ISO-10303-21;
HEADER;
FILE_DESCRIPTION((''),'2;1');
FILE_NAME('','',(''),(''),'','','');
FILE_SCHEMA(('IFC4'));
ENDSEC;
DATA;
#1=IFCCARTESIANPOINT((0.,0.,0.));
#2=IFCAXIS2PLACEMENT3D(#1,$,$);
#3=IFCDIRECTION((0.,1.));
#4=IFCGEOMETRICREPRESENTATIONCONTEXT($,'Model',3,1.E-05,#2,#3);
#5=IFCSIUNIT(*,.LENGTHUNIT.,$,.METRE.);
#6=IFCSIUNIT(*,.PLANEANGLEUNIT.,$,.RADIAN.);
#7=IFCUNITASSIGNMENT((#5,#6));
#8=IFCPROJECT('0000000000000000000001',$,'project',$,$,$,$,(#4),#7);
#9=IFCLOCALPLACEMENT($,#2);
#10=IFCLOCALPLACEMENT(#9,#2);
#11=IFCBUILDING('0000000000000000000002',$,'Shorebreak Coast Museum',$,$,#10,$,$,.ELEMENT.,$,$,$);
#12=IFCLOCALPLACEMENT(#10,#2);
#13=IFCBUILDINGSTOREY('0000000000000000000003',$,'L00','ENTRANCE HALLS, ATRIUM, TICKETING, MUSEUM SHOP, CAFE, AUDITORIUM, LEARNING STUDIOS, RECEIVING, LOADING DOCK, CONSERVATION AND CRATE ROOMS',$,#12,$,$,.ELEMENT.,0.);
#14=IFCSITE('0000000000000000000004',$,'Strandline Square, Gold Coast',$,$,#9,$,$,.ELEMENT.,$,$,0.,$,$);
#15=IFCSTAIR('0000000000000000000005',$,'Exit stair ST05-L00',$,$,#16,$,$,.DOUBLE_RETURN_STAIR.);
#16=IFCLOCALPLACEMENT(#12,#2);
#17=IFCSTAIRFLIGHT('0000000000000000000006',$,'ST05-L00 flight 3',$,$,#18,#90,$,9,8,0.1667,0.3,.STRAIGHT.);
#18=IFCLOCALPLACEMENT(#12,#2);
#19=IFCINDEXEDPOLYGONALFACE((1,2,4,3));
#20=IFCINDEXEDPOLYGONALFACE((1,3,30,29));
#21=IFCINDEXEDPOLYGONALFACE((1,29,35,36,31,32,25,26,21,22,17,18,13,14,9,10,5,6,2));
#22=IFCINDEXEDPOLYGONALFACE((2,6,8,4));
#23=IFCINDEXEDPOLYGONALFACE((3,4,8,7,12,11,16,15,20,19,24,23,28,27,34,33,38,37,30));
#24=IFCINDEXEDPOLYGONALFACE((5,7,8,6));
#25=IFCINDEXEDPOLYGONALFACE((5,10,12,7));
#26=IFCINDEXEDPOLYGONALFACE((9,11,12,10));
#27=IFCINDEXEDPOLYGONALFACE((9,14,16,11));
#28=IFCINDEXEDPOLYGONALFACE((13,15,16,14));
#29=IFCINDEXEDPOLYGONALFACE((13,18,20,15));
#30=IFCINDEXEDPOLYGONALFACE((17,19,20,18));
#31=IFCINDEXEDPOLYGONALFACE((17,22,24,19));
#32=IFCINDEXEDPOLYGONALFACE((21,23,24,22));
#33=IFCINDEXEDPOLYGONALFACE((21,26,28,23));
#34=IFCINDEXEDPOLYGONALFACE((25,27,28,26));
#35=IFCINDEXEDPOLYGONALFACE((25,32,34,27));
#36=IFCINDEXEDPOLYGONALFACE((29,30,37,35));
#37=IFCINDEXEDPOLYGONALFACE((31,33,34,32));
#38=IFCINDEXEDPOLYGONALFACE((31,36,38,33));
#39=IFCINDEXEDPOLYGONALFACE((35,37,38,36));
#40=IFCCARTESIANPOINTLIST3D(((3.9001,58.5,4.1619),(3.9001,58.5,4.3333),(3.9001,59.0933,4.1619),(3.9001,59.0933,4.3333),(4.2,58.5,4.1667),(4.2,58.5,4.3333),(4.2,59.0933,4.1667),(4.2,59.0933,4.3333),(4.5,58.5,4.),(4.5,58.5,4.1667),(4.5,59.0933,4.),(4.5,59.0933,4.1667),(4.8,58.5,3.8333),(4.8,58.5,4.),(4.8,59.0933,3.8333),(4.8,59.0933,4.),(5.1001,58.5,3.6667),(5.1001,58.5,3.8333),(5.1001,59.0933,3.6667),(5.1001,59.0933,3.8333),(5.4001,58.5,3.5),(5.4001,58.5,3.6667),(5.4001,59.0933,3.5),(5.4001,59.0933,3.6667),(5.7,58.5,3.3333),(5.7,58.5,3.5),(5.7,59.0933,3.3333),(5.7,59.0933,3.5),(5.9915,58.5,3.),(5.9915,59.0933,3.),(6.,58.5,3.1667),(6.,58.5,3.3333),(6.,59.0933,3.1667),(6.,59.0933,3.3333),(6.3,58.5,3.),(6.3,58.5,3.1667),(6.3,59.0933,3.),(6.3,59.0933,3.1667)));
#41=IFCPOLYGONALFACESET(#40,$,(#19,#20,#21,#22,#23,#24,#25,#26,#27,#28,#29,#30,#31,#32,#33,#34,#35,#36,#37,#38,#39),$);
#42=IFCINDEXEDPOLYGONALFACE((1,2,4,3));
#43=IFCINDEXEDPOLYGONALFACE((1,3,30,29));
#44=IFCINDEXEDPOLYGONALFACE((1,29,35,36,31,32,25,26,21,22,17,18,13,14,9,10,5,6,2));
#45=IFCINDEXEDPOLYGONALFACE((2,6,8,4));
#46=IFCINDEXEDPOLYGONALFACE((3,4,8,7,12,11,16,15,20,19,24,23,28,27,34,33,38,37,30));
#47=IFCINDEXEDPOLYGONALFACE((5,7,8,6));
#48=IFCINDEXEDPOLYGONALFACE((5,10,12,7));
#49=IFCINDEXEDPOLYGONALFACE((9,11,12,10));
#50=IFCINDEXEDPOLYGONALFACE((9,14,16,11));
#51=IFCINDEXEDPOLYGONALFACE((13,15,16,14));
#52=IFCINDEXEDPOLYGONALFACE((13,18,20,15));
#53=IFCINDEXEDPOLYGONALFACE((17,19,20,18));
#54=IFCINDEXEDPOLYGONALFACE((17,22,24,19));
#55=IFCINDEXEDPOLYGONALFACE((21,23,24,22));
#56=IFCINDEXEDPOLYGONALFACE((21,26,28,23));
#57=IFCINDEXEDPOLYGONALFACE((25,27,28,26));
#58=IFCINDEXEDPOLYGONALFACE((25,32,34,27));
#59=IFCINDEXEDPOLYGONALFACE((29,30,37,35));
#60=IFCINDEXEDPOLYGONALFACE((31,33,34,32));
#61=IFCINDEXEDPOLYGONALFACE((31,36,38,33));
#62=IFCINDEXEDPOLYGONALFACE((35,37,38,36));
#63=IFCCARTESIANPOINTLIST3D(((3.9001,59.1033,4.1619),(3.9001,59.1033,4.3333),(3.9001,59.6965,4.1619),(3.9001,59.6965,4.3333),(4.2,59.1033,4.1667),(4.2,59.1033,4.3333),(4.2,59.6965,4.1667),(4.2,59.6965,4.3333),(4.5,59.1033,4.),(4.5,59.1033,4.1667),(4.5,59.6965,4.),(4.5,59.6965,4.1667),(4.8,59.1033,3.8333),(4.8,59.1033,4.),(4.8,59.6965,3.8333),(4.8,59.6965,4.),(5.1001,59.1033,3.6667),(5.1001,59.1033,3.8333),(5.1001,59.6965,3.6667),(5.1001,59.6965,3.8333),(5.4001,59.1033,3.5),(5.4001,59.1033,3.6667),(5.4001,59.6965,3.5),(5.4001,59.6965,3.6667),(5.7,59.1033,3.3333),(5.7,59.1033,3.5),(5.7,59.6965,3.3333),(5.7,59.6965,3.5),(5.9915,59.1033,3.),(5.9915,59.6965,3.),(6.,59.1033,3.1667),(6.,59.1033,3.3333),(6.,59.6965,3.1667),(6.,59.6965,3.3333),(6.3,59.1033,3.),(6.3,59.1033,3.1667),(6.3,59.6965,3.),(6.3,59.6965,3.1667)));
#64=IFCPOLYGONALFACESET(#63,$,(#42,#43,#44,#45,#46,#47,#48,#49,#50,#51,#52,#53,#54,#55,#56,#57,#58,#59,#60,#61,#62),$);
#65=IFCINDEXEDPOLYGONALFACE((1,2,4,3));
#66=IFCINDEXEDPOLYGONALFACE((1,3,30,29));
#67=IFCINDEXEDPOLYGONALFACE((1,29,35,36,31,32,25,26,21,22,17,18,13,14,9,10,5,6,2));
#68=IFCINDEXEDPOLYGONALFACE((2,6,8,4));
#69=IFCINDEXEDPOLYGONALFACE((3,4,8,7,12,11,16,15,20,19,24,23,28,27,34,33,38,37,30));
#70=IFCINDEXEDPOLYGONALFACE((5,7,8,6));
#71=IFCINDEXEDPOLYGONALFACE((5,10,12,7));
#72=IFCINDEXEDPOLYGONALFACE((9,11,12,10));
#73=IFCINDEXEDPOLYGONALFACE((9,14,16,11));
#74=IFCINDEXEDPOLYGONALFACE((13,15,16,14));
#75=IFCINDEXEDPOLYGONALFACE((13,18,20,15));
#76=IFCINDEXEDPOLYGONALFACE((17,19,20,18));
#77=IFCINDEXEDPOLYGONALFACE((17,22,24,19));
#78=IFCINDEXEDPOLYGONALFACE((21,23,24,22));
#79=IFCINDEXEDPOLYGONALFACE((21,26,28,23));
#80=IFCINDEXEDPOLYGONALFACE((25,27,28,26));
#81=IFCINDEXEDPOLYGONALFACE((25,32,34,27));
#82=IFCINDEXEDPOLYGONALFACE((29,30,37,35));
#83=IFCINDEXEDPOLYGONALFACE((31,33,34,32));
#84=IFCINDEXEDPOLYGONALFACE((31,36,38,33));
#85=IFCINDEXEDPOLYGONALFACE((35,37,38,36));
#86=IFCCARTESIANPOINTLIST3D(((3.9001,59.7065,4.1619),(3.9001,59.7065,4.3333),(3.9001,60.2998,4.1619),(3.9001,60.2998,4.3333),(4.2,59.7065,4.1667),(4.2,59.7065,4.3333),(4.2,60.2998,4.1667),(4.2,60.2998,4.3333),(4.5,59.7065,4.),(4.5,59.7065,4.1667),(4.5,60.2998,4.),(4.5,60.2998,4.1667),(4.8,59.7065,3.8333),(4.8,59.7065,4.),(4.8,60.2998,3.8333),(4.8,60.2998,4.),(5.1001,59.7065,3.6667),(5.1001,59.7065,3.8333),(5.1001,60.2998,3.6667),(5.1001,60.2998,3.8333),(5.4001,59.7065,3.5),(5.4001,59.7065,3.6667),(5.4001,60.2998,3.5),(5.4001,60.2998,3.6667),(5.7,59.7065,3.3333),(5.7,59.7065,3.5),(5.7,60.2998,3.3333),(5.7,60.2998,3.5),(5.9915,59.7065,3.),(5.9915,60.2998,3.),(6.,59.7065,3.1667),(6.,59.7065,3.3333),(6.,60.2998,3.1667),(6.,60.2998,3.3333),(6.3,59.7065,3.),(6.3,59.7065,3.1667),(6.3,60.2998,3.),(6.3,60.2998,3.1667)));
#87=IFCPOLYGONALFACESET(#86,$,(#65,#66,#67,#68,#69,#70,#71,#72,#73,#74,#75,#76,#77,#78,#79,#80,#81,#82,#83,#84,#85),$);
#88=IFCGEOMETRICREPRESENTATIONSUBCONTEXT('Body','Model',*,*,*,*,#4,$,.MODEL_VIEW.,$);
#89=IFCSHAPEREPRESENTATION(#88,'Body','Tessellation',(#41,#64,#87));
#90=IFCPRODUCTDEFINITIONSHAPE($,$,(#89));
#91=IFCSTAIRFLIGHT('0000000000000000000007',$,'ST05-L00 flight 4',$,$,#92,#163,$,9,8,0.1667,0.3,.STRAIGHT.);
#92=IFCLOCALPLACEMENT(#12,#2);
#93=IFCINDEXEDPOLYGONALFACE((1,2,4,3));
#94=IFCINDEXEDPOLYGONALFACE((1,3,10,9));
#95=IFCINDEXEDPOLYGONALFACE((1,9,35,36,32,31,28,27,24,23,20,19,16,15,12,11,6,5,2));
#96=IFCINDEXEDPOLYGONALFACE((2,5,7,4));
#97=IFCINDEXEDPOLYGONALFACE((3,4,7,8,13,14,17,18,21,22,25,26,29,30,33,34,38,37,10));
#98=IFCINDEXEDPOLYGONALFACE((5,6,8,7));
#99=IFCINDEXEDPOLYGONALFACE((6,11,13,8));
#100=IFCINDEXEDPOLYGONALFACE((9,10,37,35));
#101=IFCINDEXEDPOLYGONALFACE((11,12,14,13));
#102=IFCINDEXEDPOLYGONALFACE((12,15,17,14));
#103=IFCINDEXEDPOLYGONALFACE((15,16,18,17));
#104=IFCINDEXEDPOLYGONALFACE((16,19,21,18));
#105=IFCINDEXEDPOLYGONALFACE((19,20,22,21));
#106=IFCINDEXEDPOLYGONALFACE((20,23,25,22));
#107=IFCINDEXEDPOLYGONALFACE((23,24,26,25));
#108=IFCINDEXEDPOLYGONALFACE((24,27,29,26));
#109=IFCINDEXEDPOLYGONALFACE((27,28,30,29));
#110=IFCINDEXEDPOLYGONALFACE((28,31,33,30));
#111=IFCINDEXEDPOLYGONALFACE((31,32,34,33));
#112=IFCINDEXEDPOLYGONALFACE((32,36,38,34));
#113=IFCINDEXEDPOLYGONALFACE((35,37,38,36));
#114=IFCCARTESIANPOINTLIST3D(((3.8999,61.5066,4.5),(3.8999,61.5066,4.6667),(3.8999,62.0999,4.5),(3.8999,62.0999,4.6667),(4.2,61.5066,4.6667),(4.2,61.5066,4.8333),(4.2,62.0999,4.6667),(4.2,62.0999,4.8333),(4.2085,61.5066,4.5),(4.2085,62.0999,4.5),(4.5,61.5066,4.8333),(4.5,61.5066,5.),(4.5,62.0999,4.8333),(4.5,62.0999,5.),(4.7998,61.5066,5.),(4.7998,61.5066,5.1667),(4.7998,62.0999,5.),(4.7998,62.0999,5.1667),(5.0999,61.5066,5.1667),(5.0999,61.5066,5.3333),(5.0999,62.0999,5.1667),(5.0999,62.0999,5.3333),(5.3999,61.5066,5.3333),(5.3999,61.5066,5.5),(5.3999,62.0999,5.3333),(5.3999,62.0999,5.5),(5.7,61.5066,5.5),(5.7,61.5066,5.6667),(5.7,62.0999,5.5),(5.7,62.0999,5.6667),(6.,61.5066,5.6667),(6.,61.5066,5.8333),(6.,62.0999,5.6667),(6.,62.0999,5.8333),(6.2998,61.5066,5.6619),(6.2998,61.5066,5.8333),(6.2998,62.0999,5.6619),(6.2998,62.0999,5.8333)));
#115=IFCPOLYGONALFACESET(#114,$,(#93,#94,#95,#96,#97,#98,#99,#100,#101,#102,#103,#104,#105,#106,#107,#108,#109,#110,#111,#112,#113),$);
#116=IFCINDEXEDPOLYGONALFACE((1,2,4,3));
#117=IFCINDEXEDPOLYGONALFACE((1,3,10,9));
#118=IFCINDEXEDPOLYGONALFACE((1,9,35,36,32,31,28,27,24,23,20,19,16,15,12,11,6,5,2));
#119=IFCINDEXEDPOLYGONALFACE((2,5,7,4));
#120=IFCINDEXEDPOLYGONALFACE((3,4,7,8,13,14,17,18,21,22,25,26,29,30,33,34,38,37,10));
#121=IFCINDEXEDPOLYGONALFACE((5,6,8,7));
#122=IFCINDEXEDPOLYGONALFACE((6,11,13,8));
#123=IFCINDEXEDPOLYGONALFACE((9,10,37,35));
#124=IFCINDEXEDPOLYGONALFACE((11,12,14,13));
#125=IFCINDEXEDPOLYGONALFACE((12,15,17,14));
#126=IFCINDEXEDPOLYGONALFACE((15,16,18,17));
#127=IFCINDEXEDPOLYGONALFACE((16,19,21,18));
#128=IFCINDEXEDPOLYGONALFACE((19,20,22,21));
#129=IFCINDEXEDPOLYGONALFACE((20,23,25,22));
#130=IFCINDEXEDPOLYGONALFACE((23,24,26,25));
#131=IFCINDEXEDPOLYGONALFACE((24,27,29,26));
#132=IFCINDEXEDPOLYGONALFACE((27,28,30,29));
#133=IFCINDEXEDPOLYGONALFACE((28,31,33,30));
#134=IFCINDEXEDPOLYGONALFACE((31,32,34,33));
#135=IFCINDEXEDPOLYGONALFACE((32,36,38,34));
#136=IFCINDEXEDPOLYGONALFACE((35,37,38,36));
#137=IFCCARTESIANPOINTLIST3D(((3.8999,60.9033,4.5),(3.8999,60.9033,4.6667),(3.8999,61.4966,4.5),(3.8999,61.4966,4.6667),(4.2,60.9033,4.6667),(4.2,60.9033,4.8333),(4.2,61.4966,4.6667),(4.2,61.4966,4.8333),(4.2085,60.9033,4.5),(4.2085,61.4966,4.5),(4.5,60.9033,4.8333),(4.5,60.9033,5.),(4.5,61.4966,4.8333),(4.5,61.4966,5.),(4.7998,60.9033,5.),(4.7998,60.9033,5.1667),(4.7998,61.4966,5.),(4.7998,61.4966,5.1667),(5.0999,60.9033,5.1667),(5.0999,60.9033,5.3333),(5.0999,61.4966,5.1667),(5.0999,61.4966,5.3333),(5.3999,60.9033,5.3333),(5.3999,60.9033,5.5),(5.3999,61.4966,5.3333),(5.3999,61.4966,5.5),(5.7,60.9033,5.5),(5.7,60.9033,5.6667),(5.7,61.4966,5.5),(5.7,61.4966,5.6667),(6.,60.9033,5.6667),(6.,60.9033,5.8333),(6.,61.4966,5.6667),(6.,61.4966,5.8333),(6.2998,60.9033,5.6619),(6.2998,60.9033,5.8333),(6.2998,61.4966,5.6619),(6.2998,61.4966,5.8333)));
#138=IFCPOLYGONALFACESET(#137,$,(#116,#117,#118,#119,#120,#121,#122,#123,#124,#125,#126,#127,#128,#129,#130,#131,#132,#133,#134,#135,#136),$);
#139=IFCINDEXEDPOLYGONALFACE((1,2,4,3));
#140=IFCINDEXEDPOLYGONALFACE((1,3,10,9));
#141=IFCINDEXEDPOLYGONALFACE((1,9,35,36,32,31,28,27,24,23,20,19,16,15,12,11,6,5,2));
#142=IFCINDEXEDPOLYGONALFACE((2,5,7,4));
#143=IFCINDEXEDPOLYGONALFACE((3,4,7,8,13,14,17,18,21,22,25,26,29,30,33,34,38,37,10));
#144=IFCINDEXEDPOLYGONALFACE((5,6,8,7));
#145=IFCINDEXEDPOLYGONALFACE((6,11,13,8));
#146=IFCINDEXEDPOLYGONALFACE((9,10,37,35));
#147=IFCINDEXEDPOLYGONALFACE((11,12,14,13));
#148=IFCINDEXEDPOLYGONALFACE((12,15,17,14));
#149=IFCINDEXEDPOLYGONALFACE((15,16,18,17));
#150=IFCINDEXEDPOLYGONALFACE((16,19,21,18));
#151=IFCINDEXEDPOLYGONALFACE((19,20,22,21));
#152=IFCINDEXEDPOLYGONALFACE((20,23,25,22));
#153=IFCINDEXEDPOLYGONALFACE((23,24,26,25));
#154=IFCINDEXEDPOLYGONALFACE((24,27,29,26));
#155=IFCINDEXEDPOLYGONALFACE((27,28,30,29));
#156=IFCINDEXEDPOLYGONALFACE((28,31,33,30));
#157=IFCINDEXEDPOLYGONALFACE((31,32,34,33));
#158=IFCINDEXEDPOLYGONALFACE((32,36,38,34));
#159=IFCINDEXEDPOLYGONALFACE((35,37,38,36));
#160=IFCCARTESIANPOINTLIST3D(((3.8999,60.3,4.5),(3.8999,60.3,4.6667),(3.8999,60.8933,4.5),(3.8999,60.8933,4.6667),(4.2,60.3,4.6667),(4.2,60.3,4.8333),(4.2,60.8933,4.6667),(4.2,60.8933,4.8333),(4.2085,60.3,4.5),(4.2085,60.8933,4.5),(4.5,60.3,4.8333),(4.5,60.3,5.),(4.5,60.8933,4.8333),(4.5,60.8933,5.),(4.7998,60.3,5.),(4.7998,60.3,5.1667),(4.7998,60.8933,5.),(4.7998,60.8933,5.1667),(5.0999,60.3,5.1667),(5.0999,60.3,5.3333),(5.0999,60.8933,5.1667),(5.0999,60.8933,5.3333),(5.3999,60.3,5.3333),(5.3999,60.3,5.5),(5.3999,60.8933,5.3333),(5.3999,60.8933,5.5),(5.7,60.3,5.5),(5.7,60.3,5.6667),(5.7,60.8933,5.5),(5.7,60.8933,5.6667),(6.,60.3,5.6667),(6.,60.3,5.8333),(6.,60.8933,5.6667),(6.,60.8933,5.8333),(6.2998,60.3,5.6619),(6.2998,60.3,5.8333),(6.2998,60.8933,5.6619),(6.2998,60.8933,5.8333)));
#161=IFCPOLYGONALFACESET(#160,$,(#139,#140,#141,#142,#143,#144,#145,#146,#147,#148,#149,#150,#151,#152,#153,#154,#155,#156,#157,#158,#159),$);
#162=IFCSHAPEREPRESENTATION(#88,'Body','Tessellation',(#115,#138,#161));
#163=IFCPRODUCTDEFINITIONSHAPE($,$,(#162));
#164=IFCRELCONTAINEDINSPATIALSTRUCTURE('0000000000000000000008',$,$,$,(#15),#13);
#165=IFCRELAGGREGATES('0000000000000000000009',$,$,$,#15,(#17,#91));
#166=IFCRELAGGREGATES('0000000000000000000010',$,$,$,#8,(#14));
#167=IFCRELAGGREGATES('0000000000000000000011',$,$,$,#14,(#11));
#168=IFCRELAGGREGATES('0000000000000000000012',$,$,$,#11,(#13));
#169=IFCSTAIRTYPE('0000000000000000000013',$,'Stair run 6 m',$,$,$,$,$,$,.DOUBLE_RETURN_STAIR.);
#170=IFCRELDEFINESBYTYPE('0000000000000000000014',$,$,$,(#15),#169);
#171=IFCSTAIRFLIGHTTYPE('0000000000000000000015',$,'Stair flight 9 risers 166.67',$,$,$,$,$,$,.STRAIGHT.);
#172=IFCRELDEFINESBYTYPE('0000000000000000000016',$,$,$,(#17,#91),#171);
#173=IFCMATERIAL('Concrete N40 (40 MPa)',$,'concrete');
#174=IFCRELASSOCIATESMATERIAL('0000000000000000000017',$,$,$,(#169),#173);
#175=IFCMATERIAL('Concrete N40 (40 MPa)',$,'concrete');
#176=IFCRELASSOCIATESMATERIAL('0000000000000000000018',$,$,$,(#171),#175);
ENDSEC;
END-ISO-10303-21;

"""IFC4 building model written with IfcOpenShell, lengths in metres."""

from ifc_helpers import new_model, si_unit, direction, frame, origin, place, context, subcontext, project, spatial, polyline, outline, extrude, material, type_object, element, aggregate, save


model = new_model("IFC4")

# Units and contexts
model_context = context("Model", 3, precision=1e-05, world=origin(), true_north=direction((0.0, 1.0)))
body_context = subcontext(model_context, "Body", "Model", "MODEL_VIEW")
ifc_project = project(units=[si_unit("LENGTHUNIT", "METRE"), si_unit("PLANEANGLEUNIT", "RADIAN")], contexts=[model_context])

# Site, building, storey
site_placement = place(None, origin())
site = spatial("IfcSite", under=ifc_project, at=site_placement, Name="Strandline Square, Gold Coast", CompositionType="ELEMENT", RefElevation=0.0)
building_placement = place(site_placement, origin())
building = spatial("IfcBuilding", under=site, at=building_placement, Name="Shorebreak Coast Museum", CompositionType="ELEMENT")
storey_placement = place(building_placement, origin())
storey = spatial("IfcBuildingStorey", under=building, at=storey_placement, Name="L00", Description="ENTRANCE HALLS, ATRIUM, TICKETING, MUSEUM SHOP, CAFE, AUDITORIUM, LEARNING STUDIOS, RECEIVING, LOADING DOCK, CONSERVATION AND CRATE ROOMS", CompositionType="ELEMENT", Elevation=0.0)

# Stair, stair flights
ifc_material_1 = material(Name="Concrete N40 (40 MPa)", Category="concrete")
stair_type = type_object("IfcStairType", Name="Stair run 6 m", PredefinedType="DOUBLE_RETURN_STAIR", material=ifc_material_1)
stair_placement = place(storey_placement, origin())
stair = element("IfcStair", 1, at=stair_placement, inside=storey, type_object=stair_type, Name="Exit stair ST05-L00", PredefinedType="DOUBLE_RETURN_STAIR")
ifc_material_2 = material(Name="Concrete N40 (40 MPa)", Category="concrete")
stair_flight_type = type_object("IfcStairFlightType", Name="Stair flight 9 risers 166.67", PredefinedType="STRAIGHT", material=ifc_material_2)
stair_flight_1_placement = place(storey_placement, frame((6.3, 59.3999, 3.0), z_axis=(0.0, 0.0, 1.0), x_axis=(-1.0, 0.0, 0.0)))
stair_flight_1 = element("IfcStairFlight", 2, at=stair_flight_1_placement, type_object=stair_flight_type, Name="ST05-L00 flight 3", NumberOfRisers=9, NumberOfTreads=8, PredefinedType="STRAIGHT", RiserHeight=0.1667, TreadLength=0.3, context=body_context, shape_type="SweptSolid", body=[
    extrude(outline(polyline([(0.0, 0.0), (0.0, 0.1667), (0.3, 0.1667), (0.3, 0.3333), (0.6001, 0.3333), (0.6001, 0.5), (0.8999, 0.5), (0.8999, 0.6667), (1.2, 0.6667), (1.2, 0.8333), (1.5, 0.8333), (1.5, 1.0), (1.8, 1.0), (1.8, 1.1667), (2.1001, 1.1667), (2.1001, 1.3333), (2.3999, 1.3333), (2.3999, 1.5), (2.3999, 1.1619), (0.3086, 0.0), (0.0, 0.0)])), frame((0.0, 0.8999, 0.0), z_axis=(0.0, -1.0, 0.0), x_axis=(1.0, 0.0, 0.0)), (0.0, 0.0, 1.0), 0.5933),
    extrude(outline(polyline([(0.0, 0.0), (0.0, 0.1667), (0.3, 0.1667), (0.3, 0.3333), (0.6001, 0.3333), (0.6001, 0.5), (0.8999, 0.5), (0.8999, 0.6667), (1.2, 0.6667), (1.2, 0.8333), (1.5, 0.8333), (1.5, 1.0), (1.8, 1.0), (1.8, 1.1667), (2.1001, 1.1667), (2.1001, 1.3333), (2.3999, 1.3333), (2.3999, 1.5), (2.3999, 1.1619), (0.3086, 0.0), (0.0, 0.0)])), frame((0.0, 0.2966, 0.0), z_axis=(0.0, -1.0, 0.0), x_axis=(1.0, 0.0, 0.0)), (0.0, 0.0, 1.0), 0.5933),
    extrude(outline(polyline([(0.0, 0.0), (0.0, 0.1667), (0.3, 0.1667), (0.3, 0.3333), (0.6001, 0.3333), (0.6001, 0.5), (0.8999, 0.5), (0.8999, 0.6667), (1.2, 0.6667), (1.2, 0.8333), (1.5, 0.8333), (1.5, 1.0), (1.8, 1.0), (1.8, 1.1667), (2.1001, 1.1667), (2.1001, 1.3333), (2.3999, 1.3333), (2.3999, 1.5), (2.3999, 1.1619), (0.3086, 0.0), (0.0, 0.0)])), frame((0.0, -0.3066, 0.0), z_axis=(0.0, -1.0, 0.0), x_axis=(1.0, 0.0, 0.0)), (0.0, 0.0, 1.0), 0.5933),
])
stair_flight_2_placement = place(storey_placement, frame((3.8999, 61.2, 4.5), z_axis=(0.0, 0.0, 1.0), x_axis=(1.0, 0.0, 0.0)))
stair_flight_2 = element("IfcStairFlight", 3, at=stair_flight_2_placement, type_object=stair_flight_type, Name="ST05-L00 flight 4", NumberOfRisers=9, NumberOfTreads=8, PredefinedType="STRAIGHT", RiserHeight=0.1667, TreadLength=0.3, context=body_context, shape_type="SweptSolid", body=[
    extrude(outline(polyline([(0.0, 0.0), (0.0, 0.1667), (0.3, 0.1667), (0.3, 0.3333), (0.6001, 0.3333), (0.6001, 0.5), (0.8999, 0.5), (0.8999, 0.6667), (1.2, 0.6667), (1.2, 0.8333), (1.5, 0.8333), (1.5, 1.0), (1.8, 1.0), (1.8, 1.1667), (2.1001, 1.1667), (2.1001, 1.3333), (2.3999, 1.3333), (2.3999, 1.5), (2.3999, 1.1619), (0.3086, 0.0), (0.0, 0.0)])), frame((0.0, 0.8999, 0.0), z_axis=(0.0, -1.0, 0.0), x_axis=(1.0, 0.0, 0.0)), (0.0, 0.0, 1.0), 0.5933),
    extrude(outline(polyline([(0.0, 0.0), (0.0, 0.1667), (0.3, 0.1667), (0.3, 0.3333), (0.6001, 0.3333), (0.6001, 0.5), (0.8999, 0.5), (0.8999, 0.6667), (1.2, 0.6667), (1.2, 0.8333), (1.5, 0.8333), (1.5, 1.0), (1.8, 1.0), (1.8, 1.1667), (2.1001, 1.1667), (2.1001, 1.3333), (2.3999, 1.3333), (2.3999, 1.5), (2.3999, 1.1619), (0.3086, 0.0), (0.0, 0.0)])), frame((0.0, 0.2966, 0.0), z_axis=(0.0, -1.0, 0.0), x_axis=(1.0, 0.0, 0.0)), (0.0, 0.0, 1.0), 0.5933),
    extrude(outline(polyline([(0.0, 0.0), (0.0, 0.1667), (0.3, 0.1667), (0.3, 0.3333), (0.6001, 0.3333), (0.6001, 0.5), (0.8999, 0.5), (0.8999, 0.6667), (1.2, 0.6667), (1.2, 0.8333), (1.5, 0.8333), (1.5, 1.0), (1.8, 1.0), (1.8, 1.1667), (2.1001, 1.1667), (2.1001, 1.3333), (2.3999, 1.3333), (2.3999, 1.5), (2.3999, 1.1619), (0.3086, 0.0), (0.0, 0.0)])), frame((0.0, -0.3066, 0.0), z_axis=(0.0, -1.0, 0.0), x_axis=(1.0, 0.0, 0.0)), (0.0, 0.0, 1.0), 0.5933),
])
aggregate(stair, [stair_flight_1, stair_flight_2])

save(model, "model.ifc")
